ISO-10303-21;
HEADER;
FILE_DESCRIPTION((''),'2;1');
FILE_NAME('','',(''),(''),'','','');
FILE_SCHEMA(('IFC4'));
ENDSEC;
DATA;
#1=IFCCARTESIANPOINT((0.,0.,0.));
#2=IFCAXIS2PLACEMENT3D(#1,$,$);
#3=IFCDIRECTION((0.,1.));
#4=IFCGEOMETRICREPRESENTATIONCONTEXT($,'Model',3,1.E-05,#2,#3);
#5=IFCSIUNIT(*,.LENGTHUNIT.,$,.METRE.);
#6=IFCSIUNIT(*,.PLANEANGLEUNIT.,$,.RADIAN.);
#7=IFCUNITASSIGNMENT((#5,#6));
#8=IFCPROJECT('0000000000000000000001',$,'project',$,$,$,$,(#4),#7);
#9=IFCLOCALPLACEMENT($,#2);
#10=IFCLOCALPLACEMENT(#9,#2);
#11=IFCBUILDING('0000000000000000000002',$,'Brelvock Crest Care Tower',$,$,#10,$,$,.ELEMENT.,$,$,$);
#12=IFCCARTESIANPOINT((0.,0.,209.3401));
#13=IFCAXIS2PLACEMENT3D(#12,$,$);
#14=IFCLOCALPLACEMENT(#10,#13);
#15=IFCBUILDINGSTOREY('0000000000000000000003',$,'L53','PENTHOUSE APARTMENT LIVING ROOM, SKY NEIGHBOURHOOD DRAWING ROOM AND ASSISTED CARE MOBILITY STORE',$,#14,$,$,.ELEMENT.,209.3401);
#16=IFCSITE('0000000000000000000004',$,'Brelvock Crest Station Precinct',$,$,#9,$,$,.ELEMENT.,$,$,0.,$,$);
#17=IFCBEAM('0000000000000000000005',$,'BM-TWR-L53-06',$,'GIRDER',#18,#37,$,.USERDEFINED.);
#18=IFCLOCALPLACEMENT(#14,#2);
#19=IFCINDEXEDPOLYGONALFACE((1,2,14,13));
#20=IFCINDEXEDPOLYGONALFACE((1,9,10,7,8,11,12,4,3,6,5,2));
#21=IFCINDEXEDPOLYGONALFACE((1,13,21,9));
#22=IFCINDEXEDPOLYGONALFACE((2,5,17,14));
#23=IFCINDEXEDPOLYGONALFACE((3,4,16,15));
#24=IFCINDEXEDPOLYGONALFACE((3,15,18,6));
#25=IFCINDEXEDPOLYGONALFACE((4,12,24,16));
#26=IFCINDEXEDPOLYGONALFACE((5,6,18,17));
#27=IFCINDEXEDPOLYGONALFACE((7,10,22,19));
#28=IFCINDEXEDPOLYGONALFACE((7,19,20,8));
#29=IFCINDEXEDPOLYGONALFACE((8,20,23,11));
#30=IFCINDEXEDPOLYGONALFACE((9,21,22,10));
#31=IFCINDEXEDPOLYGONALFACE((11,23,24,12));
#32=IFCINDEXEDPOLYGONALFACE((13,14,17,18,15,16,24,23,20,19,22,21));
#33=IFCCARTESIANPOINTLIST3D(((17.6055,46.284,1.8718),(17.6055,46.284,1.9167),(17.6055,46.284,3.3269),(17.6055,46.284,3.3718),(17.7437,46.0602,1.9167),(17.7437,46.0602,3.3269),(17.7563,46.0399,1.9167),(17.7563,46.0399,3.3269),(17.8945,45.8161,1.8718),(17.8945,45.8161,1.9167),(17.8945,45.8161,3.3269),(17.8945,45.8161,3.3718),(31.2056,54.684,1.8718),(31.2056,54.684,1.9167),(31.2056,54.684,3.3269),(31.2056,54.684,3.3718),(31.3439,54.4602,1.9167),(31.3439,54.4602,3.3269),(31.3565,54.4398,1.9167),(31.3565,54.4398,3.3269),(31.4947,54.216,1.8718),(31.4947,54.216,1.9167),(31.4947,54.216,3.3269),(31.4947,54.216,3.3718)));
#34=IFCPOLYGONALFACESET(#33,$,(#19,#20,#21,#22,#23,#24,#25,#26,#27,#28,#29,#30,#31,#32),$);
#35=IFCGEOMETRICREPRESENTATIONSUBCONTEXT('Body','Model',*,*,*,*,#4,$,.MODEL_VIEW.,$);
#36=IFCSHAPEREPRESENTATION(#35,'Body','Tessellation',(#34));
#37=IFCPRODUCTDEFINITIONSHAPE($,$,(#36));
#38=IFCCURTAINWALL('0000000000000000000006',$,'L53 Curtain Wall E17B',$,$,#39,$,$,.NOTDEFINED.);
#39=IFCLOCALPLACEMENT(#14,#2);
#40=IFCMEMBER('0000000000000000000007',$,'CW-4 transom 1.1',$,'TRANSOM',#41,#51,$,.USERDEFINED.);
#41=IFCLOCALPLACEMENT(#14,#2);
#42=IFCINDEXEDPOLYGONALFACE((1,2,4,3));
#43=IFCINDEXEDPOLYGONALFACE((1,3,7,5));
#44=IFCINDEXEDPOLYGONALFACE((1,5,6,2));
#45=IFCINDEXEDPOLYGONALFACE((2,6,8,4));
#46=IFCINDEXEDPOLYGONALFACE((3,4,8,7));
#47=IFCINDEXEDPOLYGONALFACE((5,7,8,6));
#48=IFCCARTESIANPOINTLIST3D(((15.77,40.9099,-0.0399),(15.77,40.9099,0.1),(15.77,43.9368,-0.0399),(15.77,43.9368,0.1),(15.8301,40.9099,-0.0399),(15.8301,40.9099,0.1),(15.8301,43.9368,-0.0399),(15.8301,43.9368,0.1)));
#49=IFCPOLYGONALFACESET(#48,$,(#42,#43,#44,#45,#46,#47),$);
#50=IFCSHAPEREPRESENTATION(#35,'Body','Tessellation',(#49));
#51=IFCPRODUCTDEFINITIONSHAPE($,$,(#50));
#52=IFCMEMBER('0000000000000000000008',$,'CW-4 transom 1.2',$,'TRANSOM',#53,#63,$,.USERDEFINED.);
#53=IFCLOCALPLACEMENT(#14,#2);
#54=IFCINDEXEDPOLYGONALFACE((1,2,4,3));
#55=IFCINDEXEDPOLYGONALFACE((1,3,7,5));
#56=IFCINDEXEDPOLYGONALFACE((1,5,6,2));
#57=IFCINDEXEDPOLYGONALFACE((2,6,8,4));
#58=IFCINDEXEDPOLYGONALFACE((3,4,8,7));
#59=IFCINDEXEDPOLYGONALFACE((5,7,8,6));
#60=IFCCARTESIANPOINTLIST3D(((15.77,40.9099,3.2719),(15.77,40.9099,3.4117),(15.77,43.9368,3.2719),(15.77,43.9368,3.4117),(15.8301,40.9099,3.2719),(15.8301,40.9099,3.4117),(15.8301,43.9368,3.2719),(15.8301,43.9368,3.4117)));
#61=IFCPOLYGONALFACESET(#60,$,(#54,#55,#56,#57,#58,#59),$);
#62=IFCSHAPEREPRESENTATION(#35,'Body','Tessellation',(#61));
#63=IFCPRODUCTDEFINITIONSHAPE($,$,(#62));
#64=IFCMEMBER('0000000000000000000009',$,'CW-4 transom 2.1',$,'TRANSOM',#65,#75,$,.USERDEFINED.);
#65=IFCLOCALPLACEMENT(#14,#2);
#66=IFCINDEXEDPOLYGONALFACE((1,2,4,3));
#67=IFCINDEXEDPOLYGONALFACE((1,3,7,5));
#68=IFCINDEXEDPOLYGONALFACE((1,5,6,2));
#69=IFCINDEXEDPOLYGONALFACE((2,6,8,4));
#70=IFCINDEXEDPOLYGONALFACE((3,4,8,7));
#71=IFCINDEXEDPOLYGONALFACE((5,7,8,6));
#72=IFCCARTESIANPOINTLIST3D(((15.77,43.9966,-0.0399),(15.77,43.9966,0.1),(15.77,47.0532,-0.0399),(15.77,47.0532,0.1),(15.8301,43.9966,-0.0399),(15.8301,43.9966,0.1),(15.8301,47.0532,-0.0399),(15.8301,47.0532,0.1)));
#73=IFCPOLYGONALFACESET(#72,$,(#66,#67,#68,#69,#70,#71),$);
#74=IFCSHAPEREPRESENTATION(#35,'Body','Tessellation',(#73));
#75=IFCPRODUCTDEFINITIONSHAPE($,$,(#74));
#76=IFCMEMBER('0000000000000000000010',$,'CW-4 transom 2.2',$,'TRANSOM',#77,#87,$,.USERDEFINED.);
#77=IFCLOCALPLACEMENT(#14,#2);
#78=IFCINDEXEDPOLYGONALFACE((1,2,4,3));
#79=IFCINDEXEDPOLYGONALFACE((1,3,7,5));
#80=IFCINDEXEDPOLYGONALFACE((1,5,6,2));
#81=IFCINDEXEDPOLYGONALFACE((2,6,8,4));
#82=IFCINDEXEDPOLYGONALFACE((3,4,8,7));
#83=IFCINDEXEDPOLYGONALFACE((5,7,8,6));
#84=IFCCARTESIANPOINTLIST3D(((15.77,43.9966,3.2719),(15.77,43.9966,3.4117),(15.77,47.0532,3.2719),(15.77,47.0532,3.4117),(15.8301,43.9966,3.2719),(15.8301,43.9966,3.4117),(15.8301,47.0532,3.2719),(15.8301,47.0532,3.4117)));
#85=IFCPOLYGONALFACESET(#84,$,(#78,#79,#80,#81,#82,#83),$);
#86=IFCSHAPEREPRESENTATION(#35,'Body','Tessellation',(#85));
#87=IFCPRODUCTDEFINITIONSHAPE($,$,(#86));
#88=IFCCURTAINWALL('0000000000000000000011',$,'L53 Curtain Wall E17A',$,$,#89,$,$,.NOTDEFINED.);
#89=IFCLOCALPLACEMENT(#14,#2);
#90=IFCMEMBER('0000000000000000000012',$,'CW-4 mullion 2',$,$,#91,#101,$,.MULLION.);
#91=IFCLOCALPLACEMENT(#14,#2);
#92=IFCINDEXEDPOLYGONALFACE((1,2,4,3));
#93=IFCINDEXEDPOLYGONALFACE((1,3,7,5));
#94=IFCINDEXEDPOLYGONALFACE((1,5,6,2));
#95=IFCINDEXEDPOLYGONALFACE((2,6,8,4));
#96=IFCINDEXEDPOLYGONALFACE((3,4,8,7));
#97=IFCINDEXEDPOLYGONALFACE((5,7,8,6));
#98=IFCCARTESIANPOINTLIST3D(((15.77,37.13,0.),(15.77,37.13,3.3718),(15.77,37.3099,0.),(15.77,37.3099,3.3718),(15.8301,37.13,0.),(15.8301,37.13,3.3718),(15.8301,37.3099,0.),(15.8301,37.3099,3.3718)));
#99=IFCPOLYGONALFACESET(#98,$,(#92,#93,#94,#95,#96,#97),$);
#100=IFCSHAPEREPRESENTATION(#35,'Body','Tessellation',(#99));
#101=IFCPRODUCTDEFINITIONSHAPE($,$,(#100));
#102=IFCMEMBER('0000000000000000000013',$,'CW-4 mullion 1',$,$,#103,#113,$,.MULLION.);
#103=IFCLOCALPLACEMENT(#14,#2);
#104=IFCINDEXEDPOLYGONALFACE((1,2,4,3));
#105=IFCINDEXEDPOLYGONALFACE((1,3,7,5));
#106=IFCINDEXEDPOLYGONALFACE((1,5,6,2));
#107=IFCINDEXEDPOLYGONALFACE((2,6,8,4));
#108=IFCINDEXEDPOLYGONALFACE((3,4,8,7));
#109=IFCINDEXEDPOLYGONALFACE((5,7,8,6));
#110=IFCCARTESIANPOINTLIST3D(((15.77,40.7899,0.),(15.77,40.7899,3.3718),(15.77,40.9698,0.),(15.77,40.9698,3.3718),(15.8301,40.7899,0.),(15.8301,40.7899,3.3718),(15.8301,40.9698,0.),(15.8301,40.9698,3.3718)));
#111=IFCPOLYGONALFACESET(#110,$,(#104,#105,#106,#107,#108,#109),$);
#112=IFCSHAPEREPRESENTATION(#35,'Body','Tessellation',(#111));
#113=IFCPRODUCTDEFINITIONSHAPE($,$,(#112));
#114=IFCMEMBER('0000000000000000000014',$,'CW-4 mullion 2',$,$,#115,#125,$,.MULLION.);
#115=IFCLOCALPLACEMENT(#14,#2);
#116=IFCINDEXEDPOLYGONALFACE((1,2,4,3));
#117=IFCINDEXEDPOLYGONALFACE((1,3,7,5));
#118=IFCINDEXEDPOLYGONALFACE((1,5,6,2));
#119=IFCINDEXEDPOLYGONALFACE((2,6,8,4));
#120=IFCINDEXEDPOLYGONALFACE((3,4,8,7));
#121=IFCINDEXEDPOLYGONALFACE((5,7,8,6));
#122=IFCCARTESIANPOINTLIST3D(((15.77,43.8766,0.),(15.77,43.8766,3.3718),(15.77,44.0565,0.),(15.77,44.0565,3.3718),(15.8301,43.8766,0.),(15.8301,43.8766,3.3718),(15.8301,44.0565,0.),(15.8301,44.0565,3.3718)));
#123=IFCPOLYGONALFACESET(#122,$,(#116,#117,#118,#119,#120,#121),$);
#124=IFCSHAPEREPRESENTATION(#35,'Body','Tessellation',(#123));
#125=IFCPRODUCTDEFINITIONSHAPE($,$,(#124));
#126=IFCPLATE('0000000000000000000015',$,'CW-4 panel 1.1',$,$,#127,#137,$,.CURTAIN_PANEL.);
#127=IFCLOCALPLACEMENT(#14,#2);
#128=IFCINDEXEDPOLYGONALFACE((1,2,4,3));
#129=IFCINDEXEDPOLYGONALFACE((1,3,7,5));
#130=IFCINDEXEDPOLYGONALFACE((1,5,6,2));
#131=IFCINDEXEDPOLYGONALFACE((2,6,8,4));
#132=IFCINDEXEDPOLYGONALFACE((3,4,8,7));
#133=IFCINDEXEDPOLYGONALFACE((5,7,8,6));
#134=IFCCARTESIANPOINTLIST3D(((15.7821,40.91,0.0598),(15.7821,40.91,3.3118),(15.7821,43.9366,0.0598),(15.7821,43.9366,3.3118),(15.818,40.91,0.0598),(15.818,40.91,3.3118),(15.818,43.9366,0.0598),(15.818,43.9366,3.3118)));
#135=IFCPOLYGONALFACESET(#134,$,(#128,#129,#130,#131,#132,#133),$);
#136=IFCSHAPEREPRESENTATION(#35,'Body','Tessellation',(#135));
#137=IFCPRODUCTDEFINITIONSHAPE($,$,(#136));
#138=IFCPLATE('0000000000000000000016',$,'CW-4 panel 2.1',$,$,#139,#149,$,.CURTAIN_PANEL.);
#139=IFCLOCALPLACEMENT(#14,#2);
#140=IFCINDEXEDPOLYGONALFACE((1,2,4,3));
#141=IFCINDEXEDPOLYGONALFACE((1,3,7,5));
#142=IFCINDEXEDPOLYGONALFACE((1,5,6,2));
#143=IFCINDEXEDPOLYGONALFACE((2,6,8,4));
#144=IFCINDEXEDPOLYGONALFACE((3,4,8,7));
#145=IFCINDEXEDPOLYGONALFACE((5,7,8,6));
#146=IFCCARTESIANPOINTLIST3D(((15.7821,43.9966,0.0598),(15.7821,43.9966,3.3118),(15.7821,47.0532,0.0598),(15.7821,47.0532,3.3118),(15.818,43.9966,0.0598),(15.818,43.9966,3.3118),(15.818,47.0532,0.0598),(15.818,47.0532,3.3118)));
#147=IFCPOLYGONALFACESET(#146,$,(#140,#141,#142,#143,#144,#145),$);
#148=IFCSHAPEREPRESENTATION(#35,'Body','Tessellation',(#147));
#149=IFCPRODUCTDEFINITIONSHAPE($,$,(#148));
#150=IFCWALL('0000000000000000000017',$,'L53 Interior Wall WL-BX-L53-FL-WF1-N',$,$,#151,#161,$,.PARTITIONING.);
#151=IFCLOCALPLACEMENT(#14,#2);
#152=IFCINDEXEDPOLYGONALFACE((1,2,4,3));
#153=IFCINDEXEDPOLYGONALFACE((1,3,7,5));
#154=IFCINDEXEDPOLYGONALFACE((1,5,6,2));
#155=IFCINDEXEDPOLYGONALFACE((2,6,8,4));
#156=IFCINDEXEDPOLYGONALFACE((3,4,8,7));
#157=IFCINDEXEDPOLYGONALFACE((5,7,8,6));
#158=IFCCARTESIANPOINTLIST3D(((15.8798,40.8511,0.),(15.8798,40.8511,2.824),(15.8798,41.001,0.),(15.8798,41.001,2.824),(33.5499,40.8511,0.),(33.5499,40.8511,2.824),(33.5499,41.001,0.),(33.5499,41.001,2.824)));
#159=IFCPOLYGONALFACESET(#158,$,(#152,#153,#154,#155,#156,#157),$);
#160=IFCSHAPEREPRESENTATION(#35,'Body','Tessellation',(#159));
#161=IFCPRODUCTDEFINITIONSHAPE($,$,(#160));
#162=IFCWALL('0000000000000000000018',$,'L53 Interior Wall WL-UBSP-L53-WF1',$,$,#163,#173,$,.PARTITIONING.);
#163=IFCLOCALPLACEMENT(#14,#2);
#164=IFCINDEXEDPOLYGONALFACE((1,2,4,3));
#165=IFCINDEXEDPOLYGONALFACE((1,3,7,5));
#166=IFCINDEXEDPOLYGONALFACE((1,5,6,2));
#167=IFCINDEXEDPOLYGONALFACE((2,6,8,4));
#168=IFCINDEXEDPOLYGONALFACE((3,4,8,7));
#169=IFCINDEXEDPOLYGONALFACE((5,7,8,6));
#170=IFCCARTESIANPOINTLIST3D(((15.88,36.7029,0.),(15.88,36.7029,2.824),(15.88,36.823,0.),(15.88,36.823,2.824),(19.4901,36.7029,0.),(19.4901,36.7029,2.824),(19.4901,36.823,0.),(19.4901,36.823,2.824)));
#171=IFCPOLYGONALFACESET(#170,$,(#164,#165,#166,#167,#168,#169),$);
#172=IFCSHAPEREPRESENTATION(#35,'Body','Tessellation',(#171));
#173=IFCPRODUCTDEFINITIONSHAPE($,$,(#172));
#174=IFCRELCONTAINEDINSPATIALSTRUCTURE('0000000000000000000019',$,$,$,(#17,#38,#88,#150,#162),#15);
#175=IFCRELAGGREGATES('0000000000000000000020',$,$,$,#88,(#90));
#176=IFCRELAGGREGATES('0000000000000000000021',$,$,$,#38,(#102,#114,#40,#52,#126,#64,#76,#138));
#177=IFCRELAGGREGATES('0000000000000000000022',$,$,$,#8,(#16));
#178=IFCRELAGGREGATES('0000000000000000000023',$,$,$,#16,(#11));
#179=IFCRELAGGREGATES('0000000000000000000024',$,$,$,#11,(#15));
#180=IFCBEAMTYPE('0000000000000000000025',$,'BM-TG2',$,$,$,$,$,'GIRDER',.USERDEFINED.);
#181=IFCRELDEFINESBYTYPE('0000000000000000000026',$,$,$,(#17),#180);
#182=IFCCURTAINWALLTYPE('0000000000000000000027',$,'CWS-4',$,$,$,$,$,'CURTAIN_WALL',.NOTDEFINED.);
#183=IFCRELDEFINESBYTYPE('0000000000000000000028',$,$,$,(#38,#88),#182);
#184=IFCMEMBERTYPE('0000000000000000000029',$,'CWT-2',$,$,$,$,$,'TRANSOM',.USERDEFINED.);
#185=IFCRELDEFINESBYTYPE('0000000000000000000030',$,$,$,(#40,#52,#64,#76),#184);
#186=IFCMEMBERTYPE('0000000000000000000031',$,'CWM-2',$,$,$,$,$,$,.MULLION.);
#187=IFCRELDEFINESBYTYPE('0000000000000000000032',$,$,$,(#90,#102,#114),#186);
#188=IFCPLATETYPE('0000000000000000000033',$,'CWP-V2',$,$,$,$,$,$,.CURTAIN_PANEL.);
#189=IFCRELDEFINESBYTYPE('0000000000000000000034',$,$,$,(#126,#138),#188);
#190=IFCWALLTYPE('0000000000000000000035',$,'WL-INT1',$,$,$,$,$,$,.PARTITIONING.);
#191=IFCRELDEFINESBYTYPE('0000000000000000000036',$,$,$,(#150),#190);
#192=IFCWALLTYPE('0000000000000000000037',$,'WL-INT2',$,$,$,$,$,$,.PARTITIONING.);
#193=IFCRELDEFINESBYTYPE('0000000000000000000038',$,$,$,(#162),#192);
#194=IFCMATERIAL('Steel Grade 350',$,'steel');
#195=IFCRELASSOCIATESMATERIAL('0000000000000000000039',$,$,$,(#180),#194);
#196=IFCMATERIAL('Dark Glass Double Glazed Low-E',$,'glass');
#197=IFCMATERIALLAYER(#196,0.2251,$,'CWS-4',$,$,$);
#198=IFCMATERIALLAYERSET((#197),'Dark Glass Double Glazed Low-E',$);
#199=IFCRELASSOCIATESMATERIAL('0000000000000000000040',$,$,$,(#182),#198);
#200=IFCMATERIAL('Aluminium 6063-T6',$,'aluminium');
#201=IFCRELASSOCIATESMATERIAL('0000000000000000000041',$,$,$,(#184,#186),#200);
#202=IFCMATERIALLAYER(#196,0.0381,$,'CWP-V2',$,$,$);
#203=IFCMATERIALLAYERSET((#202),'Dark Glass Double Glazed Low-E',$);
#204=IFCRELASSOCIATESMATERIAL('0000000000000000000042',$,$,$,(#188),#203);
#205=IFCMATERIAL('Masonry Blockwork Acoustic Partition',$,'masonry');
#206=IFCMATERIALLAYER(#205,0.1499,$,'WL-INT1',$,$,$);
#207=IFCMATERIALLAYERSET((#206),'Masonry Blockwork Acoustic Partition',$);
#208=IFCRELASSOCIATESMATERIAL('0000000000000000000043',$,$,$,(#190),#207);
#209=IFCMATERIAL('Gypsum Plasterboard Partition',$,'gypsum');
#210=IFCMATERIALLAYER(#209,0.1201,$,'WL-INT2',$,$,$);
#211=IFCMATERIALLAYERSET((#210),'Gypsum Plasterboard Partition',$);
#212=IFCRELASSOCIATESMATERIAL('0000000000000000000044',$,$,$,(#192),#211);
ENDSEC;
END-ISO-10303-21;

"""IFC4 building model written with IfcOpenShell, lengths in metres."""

from ifc_helpers import new_model, si_unit, direction, frame, frame_2d, origin, origin_2d, place, context, subcontext, project, spatial, rectangle, i_section, extrude, source, transform, mapped, material, layer, layer_set, material_profile, profile_set, type_object, element, aggregate, save


model = new_model("IFC4")

# Units and contexts
model_context = context("Model", 3, precision=1e-05, world=origin(), true_north=direction((0.0, 1.0)))
body_context = subcontext(model_context, "Body", "Model", "MODEL_VIEW")
ifc_project = project(units=[si_unit("LENGTHUNIT", "METRE"), si_unit("PLANEANGLEUNIT", "RADIAN")], contexts=[model_context])

# Site, building, storey
site_placement = place(None, origin())
site = spatial("IfcSite", under=ifc_project, at=site_placement, Name="Brelvock Crest Station Precinct", CompositionType="ELEMENT", RefElevation=0.0)
building_placement = place(site_placement, origin())
building = spatial("IfcBuilding", under=site, at=building_placement, Name="Brelvock Crest Care Tower", CompositionType="ELEMENT")
storey_placement = place(building_placement, frame((0.0, 0.0, 209.3401)))
storey = spatial("IfcBuildingStorey", under=building, at=storey_placement, Name="L53", Description="PENTHOUSE APARTMENT LIVING ROOM, SKY NEIGHBOURHOOD DRAWING ROOM AND ASSISTED CARE MOBILITY STORE", CompositionType="ELEMENT", Elevation=209.3401)

# Shared definitions
ifc_material_1 = material(Name="Steel Grade 350", Category="steel")

# Beam
ifc_material_profile_1 = material_profile(ifc_material_1, i_section(OverallWidth=0.55, OverallDepth=1.5, WebThickness=0.0239, FlangeThickness=0.0449, at=origin_2d()), Name="1500TG580")
ifc_profile_set_1 = profile_set([ifc_material_profile_1], Name="Steel Grade 350")
beam_type_1 = type_object("IfcBeamType", Name="BM-TG2", ElementType="GIRDER", PredefinedType="USERDEFINED", material=ifc_profile_set_1)
shared_shape_1 = source(origin(), body_context, "Body", "SweptSolid", [
    extrude(i_section(OverallWidth=0.55, OverallDepth=1.5, WebThickness=0.0239, FlangeThickness=0.0449, at=origin_2d()), origin(), (0.0, 0.0, 1.0), 15.9851),
])
beam_1_placement = place(storey_placement, frame((17.75, 46.05, 2.6218), z_axis=(0.850802, 0.525486, 0.0), x_axis=(-0.525486, 0.850802, 0.0)))
element("IfcBeam", 1, at=beam_1_placement, inside=storey, type_object=beam_type_1, Name="BM-TWR-L53-06", ObjectType="GIRDER", PredefinedType="USERDEFINED", context=body_context, shape_type="MappedRepresentation", body=[
    mapped(shared_shape_1, transform((0.0, 0.0, 0.0), x_axis=(1.0, 0.0, 0.0), y_axis=(0.0, 1.0, 0.0), z_axis=(0.0, 0.0, 1.0), scale=1.0)),
])

# Curtain wall, members
ifc_material_2 = material(Name="Dark Glass Double Glazed Low-E", Category="glass")
ifc_layer_1 = layer(ifc_material_2, 0.2251, Name="CWS-4")
ifc_layer_set_1 = layer_set([ifc_layer_1], Name="Dark Glass Double Glazed Low-E")
curtain_wall_type = type_object("IfcCurtainWallType", Name="CWS-4", ElementType="CURTAIN_WALL", PredefinedType="NOTDEFINED", material=ifc_layer_set_1)
curtain_wall_1_placement = place(storey_placement, origin())
curtain_wall_1 = element("IfcCurtainWall", 2, at=curtain_wall_1_placement, inside=storey, type_object=curtain_wall_type, Name="L53 Curtain Wall E17B", PredefinedType="NOTDEFINED")
ifc_material_3 = material(Name="Aluminium 6063-T6", Category="aluminium")
ifc_material_profile_2 = material_profile(ifc_material_3, rectangle(XDim=0.0601, YDim=0.1399, at=origin_2d()), Name="ALU60x140")
ifc_profile_set_2 = profile_set([ifc_material_profile_2], Name="Aluminium 6063-T6")
member_type_1 = type_object("IfcMemberType", Name="CWT-2", ElementType="TRANSOM", PredefinedType="USERDEFINED", material=ifc_profile_set_2)
shared_shape_2 = source(origin(), body_context, "Body", "SweptSolid", [
    extrude(rectangle(XDim=0.0601, YDim=0.1399, at=origin_2d()), origin(), (0.0, 0.0, 1.0), 3.0269),
])
member_1_placement = place(storey_placement, frame((15.8, 40.9099, 0.03), z_axis=(0.0, 1.0, 0.0), x_axis=(-1.0, 0.0, 0.0)))
member_1 = element("IfcMember", 3, at=member_1_placement, type_object=member_type_1, Name="CW-4 transom 1.1", ObjectType="TRANSOM", PredefinedType="USERDEFINED", context=body_context, shape_type="MappedRepresentation", body=[
    mapped(shared_shape_2, transform((0.0, 0.0, 0.0), x_axis=(1.0, 0.0, 0.0), y_axis=(0.0, 1.0, 0.0), z_axis=(0.0, 0.0, 1.0), scale=1.0)),
])
member_2_placement = place(storey_placement, frame((15.8, 40.9099, 3.3418), z_axis=(0.0, 1.0, 0.0), x_axis=(-1.0, 0.0, 0.0)))
member_2 = element("IfcMember", 4, at=member_2_placement, type_object=member_type_1, Name="CW-4 transom 1.2", ObjectType="TRANSOM", PredefinedType="USERDEFINED", context=body_context, shape_type="MappedRepresentation", body=[
    mapped(shared_shape_2, transform((0.0, 0.0, 0.0), x_axis=(1.0, 0.0, 0.0), y_axis=(0.0, 1.0, 0.0), z_axis=(0.0, 0.0, 1.0), scale=1.0)),
])
shared_shape_3 = source(origin(), body_context, "Body", "SweptSolid", [
    extrude(rectangle(XDim=0.0601, YDim=0.1399, at=origin_2d()), origin(), (0.0, 0.0, 1.0), 3.0566),
])
member_3_placement = place(storey_placement, frame((15.8, 43.9966, 0.03), z_axis=(0.0, 1.0, 0.0), x_axis=(-1.0, 0.0, 0.0)))
member_3 = element("IfcMember", 5, at=member_3_placement, type_object=member_type_1, Name="CW-4 transom 2.1", ObjectType="TRANSOM", PredefinedType="USERDEFINED", context=body_context, shape_type="MappedRepresentation", body=[
    mapped(shared_shape_3, transform((0.0, 0.0, 0.0), x_axis=(1.0, 0.0, 0.0), y_axis=(0.0, 1.0, 0.0), z_axis=(0.0, 0.0, 1.0), scale=1.0)),
])
member_4_placement = place(storey_placement, frame((15.8, 43.9966, 3.3418), z_axis=(0.0, 1.0, 0.0), x_axis=(-1.0, 0.0, 0.0)))
member_4 = element("IfcMember", 6, at=member_4_placement, type_object=member_type_1, Name="CW-4 transom 2.2", ObjectType="TRANSOM", PredefinedType="USERDEFINED", context=body_context, shape_type="MappedRepresentation", body=[
    mapped(shared_shape_3, transform((0.0, 0.0, 0.0), x_axis=(1.0, 0.0, 0.0), y_axis=(0.0, 1.0, 0.0), z_axis=(0.0, 0.0, 1.0), scale=1.0)),
])

# Curtain wall, member
curtain_wall_2_placement = place(storey_placement, origin())
curtain_wall_2 = element("IfcCurtainWall", 7, at=curtain_wall_2_placement, inside=storey, type_object=curtain_wall_type, Name="L53 Curtain Wall E17A", PredefinedType="NOTDEFINED")
ifc_material_profile_3 = material_profile(ifc_material_3, rectangle(XDim=0.0601, YDim=0.1799, at=origin_2d()), Name="ALU60x180")
ifc_profile_set_3 = profile_set([ifc_material_profile_3], Name="Aluminium 6063-T6")
member_type_2 = type_object("IfcMemberType", Name="CWM-2", PredefinedType="MULLION", material=ifc_profile_set_3)
shared_shape_4 = source(origin(), body_context, "Body", "SweptSolid", [
    extrude(rectangle(XDim=0.0601, YDim=0.1799, at=origin_2d()), origin(), (0.0, 0.0, 1.0), 3.3718),
])
member_5_placement = place(storey_placement, frame((15.8, 37.22, 0.0), z_axis=(0.0, 0.0, 1.0), x_axis=(-1.0, 0.0, 0.0)))
member_5 = element("IfcMember", 8, at=member_5_placement, type_object=member_type_2, Name="CW-4 mullion 2", PredefinedType="MULLION", context=body_context, shape_type="MappedRepresentation", body=[
    mapped(shared_shape_4, transform((0.0, 0.0, 0.0), x_axis=(1.0, 0.0, 0.0), y_axis=(0.0, 1.0, 0.0), z_axis=(0.0, 0.0, 1.0), scale=1.0)),
])
aggregate(curtain_wall_2, [member_5])

# Members
member_6_placement = place(storey_placement, frame((15.8, 40.8799, 0.0), z_axis=(0.0, 0.0, 1.0), x_axis=(-1.0, 0.0, 0.0)))
member_6 = element("IfcMember", 9, at=member_6_placement, type_object=member_type_2, Name="CW-4 mullion 1", PredefinedType="MULLION", context=body_context, shape_type="MappedRepresentation", body=[
    mapped(shared_shape_4, transform((0.0, 0.0, 0.0), x_axis=(1.0, 0.0, 0.0), y_axis=(0.0, 1.0, 0.0), z_axis=(0.0, 0.0, 1.0), scale=1.0)),
])
member_7_placement = place(storey_placement, frame((15.8, 43.9666, 0.0), z_axis=(0.0, 0.0, 1.0), x_axis=(-1.0, 0.0, 0.0)))
member_7 = element("IfcMember", 10, at=member_7_placement, type_object=member_type_2, Name="CW-4 mullion 2", PredefinedType="MULLION", context=body_context, shape_type="MappedRepresentation", body=[
    mapped(shared_shape_4, transform((0.0, 0.0, 0.0), x_axis=(1.0, 0.0, 0.0), y_axis=(0.0, 1.0, 0.0), z_axis=(0.0, 0.0, 1.0), scale=1.0)),
])

# Plates
ifc_layer_2 = layer(ifc_material_2, 0.0381, Name="CWP-V2")
ifc_layer_set_2 = layer_set([ifc_layer_2], Name="Dark Glass Double Glazed Low-E")
plate_type = type_object("IfcPlateType", Name="CWP-V2", PredefinedType="CURTAIN_PANEL", material=ifc_layer_set_2)
shared_shape_5 = source(origin(), body_context, "Body", "SweptSolid", [
    extrude(rectangle(XDim=3.0266, YDim=0.0359, at=origin_2d()), origin(), (0.0, 0.0, 1.0), 3.252),
])
plate_1_placement = place(storey_placement, frame((15.8, 42.4233, 0.0598), z_axis=(0.0, 0.0, 1.0), x_axis=(0.0, 1.0, 0.0)))
plate_1 = element("IfcPlate", 11, at=plate_1_placement, type_object=plate_type, Name="CW-4 panel 1.1", PredefinedType="CURTAIN_PANEL", context=body_context, shape_type="MappedRepresentation", body=[
    mapped(shared_shape_5, transform((0.0, 0.0, 0.0), x_axis=(1.0, 0.0, 0.0), y_axis=(0.0, 1.0, 0.0), z_axis=(0.0, 0.0, 1.0), scale=1.0)),
])
shared_shape_6 = source(origin(), body_context, "Body", "SweptSolid", [
    extrude(rectangle(XDim=3.0566, YDim=0.0359, at=origin_2d()), origin(), (0.0, 0.0, 1.0), 3.252),
])
plate_2_placement = place(storey_placement, frame((15.8, 45.5249, 0.0598), z_axis=(0.0, 0.0, 1.0), x_axis=(0.0, 1.0, 0.0)))
plate_2 = element("IfcPlate", 12, at=plate_2_placement, type_object=plate_type, Name="CW-4 panel 2.1", PredefinedType="CURTAIN_PANEL", context=body_context, shape_type="MappedRepresentation", body=[
    mapped(shared_shape_6, transform((0.0, 0.0, 0.0), x_axis=(1.0, 0.0, 0.0), y_axis=(0.0, 1.0, 0.0), z_axis=(0.0, 0.0, 1.0), scale=1.0)),
])
aggregate(curtain_wall_1, [member_6, member_7, member_1, member_2, plate_1, member_3, member_4, plate_2])

# Walls
ifc_material_4 = material(Name="Masonry Blockwork Acoustic Partition", Category="masonry")
ifc_layer_3 = layer(ifc_material_4, 0.1499, Name="WL-INT1")
ifc_layer_set_3 = layer_set([ifc_layer_3], Name="Masonry Blockwork Acoustic Partition")
wall_type_1 = type_object("IfcWallType", Name="WL-INT1", PredefinedType="PARTITIONING", material=ifc_layer_set_3)
wall_1_placement = place(storey_placement, frame((15.8799, 40.926, 0.0), z_axis=(0.0, 0.0, 1.0), x_axis=(1.0, 0.0, 0.0)))
element("IfcWall", 13, at=wall_1_placement, inside=storey, type_object=wall_type_1, Name="L53 Interior Wall WL-BX-L53-FL-WF1-N", PredefinedType="PARTITIONING", context=body_context, shape_type="SweptSolid", body=[
    extrude(rectangle(XDim=17.6702, YDim=0.1499, at=frame_2d((8.835, 0.0))), origin(), (0.0, 0.0, 1.0), 2.824),
])
ifc_material_5 = material(Name="Gypsum Plasterboard Partition", Category="gypsum")
ifc_layer_4 = layer(ifc_material_5, 0.1201, Name="WL-INT2")
ifc_layer_set_4 = layer_set([ifc_layer_4], Name="Gypsum Plasterboard Partition")
wall_type_2 = type_object("IfcWallType", Name="WL-INT2", PredefinedType="PARTITIONING", material=ifc_layer_set_4)
wall_2_placement = place(storey_placement, frame((15.8799, 36.7629, 0.0), z_axis=(0.0, 0.0, 1.0), x_axis=(1.0, 0.0, 0.0)))
element("IfcWall", 14, at=wall_2_placement, inside=storey, type_object=wall_type_2, Name="L53 Interior Wall WL-UBSP-L53-WF1", PredefinedType="PARTITIONING", context=body_context, shape_type="SweptSolid", body=[
    extrude(rectangle(XDim=3.6101, YDim=0.1201, at=frame_2d((1.8052, 0.0))), origin(), (0.0, 0.0, 1.0), 2.824),
])

save(model, "model.ifc")
